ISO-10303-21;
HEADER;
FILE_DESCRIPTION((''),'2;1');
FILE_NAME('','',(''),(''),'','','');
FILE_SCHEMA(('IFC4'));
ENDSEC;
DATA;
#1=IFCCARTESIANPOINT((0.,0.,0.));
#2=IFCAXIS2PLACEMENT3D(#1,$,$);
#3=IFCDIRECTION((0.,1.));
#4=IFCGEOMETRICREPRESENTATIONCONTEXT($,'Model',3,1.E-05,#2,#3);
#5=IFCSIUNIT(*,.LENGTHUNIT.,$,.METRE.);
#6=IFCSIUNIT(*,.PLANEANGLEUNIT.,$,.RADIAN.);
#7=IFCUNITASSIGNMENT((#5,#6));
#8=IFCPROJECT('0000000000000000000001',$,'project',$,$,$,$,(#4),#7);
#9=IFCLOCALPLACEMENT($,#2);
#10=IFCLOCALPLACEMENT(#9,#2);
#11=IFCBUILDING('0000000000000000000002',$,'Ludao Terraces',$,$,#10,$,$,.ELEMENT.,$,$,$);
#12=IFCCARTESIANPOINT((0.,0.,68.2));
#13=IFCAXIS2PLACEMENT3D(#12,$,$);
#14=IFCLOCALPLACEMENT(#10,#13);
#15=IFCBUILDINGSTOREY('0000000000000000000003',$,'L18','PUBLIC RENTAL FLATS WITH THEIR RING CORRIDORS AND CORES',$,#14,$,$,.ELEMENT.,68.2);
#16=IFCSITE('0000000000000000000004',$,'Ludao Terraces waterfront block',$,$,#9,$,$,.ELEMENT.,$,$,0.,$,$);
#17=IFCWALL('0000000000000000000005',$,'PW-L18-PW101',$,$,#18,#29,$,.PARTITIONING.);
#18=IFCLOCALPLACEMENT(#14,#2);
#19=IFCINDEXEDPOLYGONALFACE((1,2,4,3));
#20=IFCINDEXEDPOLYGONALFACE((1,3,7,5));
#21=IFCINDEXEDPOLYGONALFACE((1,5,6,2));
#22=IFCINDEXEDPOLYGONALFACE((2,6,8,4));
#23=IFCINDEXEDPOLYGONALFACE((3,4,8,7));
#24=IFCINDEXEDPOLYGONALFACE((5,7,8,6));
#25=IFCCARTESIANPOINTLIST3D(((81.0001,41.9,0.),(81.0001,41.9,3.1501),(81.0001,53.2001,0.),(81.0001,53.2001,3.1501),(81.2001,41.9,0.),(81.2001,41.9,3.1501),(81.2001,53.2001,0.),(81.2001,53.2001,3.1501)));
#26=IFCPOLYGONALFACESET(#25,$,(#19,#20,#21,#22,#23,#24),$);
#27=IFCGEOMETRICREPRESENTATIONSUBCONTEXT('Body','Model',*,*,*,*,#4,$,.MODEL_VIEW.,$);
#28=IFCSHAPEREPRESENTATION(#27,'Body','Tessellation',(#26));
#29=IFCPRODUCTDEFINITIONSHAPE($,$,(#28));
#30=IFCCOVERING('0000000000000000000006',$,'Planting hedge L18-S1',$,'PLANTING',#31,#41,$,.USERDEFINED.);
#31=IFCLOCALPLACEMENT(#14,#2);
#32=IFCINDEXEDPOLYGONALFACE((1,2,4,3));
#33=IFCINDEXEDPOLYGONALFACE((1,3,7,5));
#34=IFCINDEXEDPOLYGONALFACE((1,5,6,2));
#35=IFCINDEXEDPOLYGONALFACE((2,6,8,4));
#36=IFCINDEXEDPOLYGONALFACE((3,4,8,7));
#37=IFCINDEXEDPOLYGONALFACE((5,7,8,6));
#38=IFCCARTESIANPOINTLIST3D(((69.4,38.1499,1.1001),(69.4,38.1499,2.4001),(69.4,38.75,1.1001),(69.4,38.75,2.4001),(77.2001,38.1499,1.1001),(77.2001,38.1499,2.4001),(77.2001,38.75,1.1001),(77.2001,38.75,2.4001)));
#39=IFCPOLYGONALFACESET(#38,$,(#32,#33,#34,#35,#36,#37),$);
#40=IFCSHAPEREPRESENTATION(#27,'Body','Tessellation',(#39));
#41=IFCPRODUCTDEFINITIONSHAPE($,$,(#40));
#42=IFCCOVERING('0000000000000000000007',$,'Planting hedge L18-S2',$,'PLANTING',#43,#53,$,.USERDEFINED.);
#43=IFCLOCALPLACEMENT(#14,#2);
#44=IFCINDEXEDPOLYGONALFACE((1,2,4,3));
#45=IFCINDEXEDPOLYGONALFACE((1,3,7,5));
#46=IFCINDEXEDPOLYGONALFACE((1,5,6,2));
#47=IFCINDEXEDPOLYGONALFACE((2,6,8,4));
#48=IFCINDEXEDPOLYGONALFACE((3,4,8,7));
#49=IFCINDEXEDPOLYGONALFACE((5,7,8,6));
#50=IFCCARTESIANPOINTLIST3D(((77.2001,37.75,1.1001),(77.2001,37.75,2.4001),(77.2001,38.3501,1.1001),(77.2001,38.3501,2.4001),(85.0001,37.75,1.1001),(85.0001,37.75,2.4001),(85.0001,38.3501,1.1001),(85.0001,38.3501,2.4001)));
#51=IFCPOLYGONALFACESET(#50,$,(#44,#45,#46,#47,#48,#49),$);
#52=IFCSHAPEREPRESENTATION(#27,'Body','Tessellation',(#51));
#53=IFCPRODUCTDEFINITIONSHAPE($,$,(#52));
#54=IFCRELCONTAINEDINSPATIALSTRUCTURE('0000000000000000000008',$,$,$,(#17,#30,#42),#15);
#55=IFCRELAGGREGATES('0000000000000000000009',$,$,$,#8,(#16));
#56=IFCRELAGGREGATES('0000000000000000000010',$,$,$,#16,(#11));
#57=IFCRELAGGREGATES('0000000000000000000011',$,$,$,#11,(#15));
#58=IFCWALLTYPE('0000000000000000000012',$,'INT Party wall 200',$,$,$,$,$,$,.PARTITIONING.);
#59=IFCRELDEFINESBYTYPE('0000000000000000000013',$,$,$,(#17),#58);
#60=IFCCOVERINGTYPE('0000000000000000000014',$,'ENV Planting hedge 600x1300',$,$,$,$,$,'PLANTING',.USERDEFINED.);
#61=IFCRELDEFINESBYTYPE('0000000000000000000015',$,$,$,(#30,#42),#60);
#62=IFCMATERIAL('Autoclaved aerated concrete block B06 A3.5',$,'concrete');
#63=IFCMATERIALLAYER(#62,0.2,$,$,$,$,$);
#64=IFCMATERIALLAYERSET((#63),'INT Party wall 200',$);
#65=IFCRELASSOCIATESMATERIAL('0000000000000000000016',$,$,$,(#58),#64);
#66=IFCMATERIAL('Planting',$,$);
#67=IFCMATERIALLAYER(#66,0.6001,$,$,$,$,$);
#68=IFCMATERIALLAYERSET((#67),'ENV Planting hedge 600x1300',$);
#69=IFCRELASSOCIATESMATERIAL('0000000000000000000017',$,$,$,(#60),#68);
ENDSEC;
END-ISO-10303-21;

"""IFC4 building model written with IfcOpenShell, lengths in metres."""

from ifc_helpers import new_model, si_unit, direction, frame, frame_2d, origin, origin_2d, place, context, subcontext, project, spatial, rectangle, extrude, material, layer, layer_set, type_object, element, save


model = new_model("IFC4")

# Units and contexts
model_context = context("Model", 3, precision=1e-05, world=origin(), true_north=direction((0.0, 1.0)))
body_context = subcontext(model_context, "Body", "Model", "MODEL_VIEW")
ifc_project = project(units=[si_unit("LENGTHUNIT", "METRE"), si_unit("PLANEANGLEUNIT", "RADIAN")], contexts=[model_context])

# Site, building, storey
site_placement = place(None, origin())
site = spatial("IfcSite", under=ifc_project, at=site_placement, Name="Ludao Terraces waterfront block", CompositionType="ELEMENT", RefElevation=0.0)
building_placement = place(site_placement, origin())
building = spatial("IfcBuilding", under=site, at=building_placement, Name="Ludao Terraces", CompositionType="ELEMENT")
storey_placement = place(building_placement, frame((0.0, 0.0, 68.2)))
storey = spatial("IfcBuildingStorey", under=building, at=storey_placement, Name="L18", Description="PUBLIC RENTAL FLATS WITH THEIR RING CORRIDORS AND CORES", CompositionType="ELEMENT", Elevation=68.2)

# Wall
ifc_material_1 = material(Name="Autoclaved aerated concrete block B06 A3.5", Category="concrete")
ifc_layer_1 = layer(ifc_material_1, 0.2)
ifc_layer_set_1 = layer_set([ifc_layer_1], Name="INT Party wall 200")
wall_type_1 = type_object("IfcWallType", Name="INT Party wall 200", PredefinedType="PARTITIONING", material=ifc_layer_set_1)
for number, where, z_axis, x_axis, name in (
    (1, (81.1001, 41.9001, 0.0), (0.0, 0.0, 1.0), (0.0, 1.0, 0.0), "PW-L18-PW101"),
):
    element("IfcWall", number, at=place(storey_placement, frame(where, z_axis=z_axis, x_axis=x_axis)), inside=storey, type_object=wall_type_1, Name=name, PredefinedType="PARTITIONING", context=body_context, shape_type="SweptSolid", body=[
        extrude(rectangle(XDim=11.3, YDim=0.2, at=frame_2d((5.6499, 0.0))), origin(), (0.0, 0.0, 1.0), 3.1501),
    ])

# Coverings
ifc_material_2 = material(Name="Planting")
ifc_layer_2 = layer(ifc_material_2, 0.6001)
ifc_layer_set_2 = layer_set([ifc_layer_2], Name="ENV Planting hedge 600x1300")
covering_type = type_object("IfcCoveringType", Name="ENV Planting hedge 600x1300", ElementType="PLANTING", PredefinedType="USERDEFINED", material=ifc_layer_set_2)
for number, where, z_axis, x_axis, name in (
    (2, (73.3, 38.45, 1.1001), (0.0, 0.0, 1.0), (1.0, 0.0, 0.0), "Planting hedge L18-S1"),
    (3, (81.1001, 38.05, 1.1001), (0.0, 0.0, 1.0), (1.0, 0.0, 0.0), "Planting hedge L18-S2"),
):
    element("IfcCovering", number, at=place(storey_placement, frame(where, z_axis=z_axis, x_axis=x_axis)), inside=storey, type_object=covering_type, Name=name, ObjectType="PLANTING", PredefinedType="USERDEFINED", context=body_context, shape_type="SweptSolid", body=[
        extrude(rectangle(XDim=7.8, YDim=0.6001, at=origin_2d()), origin(), (0.0, 0.0, 1.0), 1.3),
    ])

save(model, "model.ifc")
